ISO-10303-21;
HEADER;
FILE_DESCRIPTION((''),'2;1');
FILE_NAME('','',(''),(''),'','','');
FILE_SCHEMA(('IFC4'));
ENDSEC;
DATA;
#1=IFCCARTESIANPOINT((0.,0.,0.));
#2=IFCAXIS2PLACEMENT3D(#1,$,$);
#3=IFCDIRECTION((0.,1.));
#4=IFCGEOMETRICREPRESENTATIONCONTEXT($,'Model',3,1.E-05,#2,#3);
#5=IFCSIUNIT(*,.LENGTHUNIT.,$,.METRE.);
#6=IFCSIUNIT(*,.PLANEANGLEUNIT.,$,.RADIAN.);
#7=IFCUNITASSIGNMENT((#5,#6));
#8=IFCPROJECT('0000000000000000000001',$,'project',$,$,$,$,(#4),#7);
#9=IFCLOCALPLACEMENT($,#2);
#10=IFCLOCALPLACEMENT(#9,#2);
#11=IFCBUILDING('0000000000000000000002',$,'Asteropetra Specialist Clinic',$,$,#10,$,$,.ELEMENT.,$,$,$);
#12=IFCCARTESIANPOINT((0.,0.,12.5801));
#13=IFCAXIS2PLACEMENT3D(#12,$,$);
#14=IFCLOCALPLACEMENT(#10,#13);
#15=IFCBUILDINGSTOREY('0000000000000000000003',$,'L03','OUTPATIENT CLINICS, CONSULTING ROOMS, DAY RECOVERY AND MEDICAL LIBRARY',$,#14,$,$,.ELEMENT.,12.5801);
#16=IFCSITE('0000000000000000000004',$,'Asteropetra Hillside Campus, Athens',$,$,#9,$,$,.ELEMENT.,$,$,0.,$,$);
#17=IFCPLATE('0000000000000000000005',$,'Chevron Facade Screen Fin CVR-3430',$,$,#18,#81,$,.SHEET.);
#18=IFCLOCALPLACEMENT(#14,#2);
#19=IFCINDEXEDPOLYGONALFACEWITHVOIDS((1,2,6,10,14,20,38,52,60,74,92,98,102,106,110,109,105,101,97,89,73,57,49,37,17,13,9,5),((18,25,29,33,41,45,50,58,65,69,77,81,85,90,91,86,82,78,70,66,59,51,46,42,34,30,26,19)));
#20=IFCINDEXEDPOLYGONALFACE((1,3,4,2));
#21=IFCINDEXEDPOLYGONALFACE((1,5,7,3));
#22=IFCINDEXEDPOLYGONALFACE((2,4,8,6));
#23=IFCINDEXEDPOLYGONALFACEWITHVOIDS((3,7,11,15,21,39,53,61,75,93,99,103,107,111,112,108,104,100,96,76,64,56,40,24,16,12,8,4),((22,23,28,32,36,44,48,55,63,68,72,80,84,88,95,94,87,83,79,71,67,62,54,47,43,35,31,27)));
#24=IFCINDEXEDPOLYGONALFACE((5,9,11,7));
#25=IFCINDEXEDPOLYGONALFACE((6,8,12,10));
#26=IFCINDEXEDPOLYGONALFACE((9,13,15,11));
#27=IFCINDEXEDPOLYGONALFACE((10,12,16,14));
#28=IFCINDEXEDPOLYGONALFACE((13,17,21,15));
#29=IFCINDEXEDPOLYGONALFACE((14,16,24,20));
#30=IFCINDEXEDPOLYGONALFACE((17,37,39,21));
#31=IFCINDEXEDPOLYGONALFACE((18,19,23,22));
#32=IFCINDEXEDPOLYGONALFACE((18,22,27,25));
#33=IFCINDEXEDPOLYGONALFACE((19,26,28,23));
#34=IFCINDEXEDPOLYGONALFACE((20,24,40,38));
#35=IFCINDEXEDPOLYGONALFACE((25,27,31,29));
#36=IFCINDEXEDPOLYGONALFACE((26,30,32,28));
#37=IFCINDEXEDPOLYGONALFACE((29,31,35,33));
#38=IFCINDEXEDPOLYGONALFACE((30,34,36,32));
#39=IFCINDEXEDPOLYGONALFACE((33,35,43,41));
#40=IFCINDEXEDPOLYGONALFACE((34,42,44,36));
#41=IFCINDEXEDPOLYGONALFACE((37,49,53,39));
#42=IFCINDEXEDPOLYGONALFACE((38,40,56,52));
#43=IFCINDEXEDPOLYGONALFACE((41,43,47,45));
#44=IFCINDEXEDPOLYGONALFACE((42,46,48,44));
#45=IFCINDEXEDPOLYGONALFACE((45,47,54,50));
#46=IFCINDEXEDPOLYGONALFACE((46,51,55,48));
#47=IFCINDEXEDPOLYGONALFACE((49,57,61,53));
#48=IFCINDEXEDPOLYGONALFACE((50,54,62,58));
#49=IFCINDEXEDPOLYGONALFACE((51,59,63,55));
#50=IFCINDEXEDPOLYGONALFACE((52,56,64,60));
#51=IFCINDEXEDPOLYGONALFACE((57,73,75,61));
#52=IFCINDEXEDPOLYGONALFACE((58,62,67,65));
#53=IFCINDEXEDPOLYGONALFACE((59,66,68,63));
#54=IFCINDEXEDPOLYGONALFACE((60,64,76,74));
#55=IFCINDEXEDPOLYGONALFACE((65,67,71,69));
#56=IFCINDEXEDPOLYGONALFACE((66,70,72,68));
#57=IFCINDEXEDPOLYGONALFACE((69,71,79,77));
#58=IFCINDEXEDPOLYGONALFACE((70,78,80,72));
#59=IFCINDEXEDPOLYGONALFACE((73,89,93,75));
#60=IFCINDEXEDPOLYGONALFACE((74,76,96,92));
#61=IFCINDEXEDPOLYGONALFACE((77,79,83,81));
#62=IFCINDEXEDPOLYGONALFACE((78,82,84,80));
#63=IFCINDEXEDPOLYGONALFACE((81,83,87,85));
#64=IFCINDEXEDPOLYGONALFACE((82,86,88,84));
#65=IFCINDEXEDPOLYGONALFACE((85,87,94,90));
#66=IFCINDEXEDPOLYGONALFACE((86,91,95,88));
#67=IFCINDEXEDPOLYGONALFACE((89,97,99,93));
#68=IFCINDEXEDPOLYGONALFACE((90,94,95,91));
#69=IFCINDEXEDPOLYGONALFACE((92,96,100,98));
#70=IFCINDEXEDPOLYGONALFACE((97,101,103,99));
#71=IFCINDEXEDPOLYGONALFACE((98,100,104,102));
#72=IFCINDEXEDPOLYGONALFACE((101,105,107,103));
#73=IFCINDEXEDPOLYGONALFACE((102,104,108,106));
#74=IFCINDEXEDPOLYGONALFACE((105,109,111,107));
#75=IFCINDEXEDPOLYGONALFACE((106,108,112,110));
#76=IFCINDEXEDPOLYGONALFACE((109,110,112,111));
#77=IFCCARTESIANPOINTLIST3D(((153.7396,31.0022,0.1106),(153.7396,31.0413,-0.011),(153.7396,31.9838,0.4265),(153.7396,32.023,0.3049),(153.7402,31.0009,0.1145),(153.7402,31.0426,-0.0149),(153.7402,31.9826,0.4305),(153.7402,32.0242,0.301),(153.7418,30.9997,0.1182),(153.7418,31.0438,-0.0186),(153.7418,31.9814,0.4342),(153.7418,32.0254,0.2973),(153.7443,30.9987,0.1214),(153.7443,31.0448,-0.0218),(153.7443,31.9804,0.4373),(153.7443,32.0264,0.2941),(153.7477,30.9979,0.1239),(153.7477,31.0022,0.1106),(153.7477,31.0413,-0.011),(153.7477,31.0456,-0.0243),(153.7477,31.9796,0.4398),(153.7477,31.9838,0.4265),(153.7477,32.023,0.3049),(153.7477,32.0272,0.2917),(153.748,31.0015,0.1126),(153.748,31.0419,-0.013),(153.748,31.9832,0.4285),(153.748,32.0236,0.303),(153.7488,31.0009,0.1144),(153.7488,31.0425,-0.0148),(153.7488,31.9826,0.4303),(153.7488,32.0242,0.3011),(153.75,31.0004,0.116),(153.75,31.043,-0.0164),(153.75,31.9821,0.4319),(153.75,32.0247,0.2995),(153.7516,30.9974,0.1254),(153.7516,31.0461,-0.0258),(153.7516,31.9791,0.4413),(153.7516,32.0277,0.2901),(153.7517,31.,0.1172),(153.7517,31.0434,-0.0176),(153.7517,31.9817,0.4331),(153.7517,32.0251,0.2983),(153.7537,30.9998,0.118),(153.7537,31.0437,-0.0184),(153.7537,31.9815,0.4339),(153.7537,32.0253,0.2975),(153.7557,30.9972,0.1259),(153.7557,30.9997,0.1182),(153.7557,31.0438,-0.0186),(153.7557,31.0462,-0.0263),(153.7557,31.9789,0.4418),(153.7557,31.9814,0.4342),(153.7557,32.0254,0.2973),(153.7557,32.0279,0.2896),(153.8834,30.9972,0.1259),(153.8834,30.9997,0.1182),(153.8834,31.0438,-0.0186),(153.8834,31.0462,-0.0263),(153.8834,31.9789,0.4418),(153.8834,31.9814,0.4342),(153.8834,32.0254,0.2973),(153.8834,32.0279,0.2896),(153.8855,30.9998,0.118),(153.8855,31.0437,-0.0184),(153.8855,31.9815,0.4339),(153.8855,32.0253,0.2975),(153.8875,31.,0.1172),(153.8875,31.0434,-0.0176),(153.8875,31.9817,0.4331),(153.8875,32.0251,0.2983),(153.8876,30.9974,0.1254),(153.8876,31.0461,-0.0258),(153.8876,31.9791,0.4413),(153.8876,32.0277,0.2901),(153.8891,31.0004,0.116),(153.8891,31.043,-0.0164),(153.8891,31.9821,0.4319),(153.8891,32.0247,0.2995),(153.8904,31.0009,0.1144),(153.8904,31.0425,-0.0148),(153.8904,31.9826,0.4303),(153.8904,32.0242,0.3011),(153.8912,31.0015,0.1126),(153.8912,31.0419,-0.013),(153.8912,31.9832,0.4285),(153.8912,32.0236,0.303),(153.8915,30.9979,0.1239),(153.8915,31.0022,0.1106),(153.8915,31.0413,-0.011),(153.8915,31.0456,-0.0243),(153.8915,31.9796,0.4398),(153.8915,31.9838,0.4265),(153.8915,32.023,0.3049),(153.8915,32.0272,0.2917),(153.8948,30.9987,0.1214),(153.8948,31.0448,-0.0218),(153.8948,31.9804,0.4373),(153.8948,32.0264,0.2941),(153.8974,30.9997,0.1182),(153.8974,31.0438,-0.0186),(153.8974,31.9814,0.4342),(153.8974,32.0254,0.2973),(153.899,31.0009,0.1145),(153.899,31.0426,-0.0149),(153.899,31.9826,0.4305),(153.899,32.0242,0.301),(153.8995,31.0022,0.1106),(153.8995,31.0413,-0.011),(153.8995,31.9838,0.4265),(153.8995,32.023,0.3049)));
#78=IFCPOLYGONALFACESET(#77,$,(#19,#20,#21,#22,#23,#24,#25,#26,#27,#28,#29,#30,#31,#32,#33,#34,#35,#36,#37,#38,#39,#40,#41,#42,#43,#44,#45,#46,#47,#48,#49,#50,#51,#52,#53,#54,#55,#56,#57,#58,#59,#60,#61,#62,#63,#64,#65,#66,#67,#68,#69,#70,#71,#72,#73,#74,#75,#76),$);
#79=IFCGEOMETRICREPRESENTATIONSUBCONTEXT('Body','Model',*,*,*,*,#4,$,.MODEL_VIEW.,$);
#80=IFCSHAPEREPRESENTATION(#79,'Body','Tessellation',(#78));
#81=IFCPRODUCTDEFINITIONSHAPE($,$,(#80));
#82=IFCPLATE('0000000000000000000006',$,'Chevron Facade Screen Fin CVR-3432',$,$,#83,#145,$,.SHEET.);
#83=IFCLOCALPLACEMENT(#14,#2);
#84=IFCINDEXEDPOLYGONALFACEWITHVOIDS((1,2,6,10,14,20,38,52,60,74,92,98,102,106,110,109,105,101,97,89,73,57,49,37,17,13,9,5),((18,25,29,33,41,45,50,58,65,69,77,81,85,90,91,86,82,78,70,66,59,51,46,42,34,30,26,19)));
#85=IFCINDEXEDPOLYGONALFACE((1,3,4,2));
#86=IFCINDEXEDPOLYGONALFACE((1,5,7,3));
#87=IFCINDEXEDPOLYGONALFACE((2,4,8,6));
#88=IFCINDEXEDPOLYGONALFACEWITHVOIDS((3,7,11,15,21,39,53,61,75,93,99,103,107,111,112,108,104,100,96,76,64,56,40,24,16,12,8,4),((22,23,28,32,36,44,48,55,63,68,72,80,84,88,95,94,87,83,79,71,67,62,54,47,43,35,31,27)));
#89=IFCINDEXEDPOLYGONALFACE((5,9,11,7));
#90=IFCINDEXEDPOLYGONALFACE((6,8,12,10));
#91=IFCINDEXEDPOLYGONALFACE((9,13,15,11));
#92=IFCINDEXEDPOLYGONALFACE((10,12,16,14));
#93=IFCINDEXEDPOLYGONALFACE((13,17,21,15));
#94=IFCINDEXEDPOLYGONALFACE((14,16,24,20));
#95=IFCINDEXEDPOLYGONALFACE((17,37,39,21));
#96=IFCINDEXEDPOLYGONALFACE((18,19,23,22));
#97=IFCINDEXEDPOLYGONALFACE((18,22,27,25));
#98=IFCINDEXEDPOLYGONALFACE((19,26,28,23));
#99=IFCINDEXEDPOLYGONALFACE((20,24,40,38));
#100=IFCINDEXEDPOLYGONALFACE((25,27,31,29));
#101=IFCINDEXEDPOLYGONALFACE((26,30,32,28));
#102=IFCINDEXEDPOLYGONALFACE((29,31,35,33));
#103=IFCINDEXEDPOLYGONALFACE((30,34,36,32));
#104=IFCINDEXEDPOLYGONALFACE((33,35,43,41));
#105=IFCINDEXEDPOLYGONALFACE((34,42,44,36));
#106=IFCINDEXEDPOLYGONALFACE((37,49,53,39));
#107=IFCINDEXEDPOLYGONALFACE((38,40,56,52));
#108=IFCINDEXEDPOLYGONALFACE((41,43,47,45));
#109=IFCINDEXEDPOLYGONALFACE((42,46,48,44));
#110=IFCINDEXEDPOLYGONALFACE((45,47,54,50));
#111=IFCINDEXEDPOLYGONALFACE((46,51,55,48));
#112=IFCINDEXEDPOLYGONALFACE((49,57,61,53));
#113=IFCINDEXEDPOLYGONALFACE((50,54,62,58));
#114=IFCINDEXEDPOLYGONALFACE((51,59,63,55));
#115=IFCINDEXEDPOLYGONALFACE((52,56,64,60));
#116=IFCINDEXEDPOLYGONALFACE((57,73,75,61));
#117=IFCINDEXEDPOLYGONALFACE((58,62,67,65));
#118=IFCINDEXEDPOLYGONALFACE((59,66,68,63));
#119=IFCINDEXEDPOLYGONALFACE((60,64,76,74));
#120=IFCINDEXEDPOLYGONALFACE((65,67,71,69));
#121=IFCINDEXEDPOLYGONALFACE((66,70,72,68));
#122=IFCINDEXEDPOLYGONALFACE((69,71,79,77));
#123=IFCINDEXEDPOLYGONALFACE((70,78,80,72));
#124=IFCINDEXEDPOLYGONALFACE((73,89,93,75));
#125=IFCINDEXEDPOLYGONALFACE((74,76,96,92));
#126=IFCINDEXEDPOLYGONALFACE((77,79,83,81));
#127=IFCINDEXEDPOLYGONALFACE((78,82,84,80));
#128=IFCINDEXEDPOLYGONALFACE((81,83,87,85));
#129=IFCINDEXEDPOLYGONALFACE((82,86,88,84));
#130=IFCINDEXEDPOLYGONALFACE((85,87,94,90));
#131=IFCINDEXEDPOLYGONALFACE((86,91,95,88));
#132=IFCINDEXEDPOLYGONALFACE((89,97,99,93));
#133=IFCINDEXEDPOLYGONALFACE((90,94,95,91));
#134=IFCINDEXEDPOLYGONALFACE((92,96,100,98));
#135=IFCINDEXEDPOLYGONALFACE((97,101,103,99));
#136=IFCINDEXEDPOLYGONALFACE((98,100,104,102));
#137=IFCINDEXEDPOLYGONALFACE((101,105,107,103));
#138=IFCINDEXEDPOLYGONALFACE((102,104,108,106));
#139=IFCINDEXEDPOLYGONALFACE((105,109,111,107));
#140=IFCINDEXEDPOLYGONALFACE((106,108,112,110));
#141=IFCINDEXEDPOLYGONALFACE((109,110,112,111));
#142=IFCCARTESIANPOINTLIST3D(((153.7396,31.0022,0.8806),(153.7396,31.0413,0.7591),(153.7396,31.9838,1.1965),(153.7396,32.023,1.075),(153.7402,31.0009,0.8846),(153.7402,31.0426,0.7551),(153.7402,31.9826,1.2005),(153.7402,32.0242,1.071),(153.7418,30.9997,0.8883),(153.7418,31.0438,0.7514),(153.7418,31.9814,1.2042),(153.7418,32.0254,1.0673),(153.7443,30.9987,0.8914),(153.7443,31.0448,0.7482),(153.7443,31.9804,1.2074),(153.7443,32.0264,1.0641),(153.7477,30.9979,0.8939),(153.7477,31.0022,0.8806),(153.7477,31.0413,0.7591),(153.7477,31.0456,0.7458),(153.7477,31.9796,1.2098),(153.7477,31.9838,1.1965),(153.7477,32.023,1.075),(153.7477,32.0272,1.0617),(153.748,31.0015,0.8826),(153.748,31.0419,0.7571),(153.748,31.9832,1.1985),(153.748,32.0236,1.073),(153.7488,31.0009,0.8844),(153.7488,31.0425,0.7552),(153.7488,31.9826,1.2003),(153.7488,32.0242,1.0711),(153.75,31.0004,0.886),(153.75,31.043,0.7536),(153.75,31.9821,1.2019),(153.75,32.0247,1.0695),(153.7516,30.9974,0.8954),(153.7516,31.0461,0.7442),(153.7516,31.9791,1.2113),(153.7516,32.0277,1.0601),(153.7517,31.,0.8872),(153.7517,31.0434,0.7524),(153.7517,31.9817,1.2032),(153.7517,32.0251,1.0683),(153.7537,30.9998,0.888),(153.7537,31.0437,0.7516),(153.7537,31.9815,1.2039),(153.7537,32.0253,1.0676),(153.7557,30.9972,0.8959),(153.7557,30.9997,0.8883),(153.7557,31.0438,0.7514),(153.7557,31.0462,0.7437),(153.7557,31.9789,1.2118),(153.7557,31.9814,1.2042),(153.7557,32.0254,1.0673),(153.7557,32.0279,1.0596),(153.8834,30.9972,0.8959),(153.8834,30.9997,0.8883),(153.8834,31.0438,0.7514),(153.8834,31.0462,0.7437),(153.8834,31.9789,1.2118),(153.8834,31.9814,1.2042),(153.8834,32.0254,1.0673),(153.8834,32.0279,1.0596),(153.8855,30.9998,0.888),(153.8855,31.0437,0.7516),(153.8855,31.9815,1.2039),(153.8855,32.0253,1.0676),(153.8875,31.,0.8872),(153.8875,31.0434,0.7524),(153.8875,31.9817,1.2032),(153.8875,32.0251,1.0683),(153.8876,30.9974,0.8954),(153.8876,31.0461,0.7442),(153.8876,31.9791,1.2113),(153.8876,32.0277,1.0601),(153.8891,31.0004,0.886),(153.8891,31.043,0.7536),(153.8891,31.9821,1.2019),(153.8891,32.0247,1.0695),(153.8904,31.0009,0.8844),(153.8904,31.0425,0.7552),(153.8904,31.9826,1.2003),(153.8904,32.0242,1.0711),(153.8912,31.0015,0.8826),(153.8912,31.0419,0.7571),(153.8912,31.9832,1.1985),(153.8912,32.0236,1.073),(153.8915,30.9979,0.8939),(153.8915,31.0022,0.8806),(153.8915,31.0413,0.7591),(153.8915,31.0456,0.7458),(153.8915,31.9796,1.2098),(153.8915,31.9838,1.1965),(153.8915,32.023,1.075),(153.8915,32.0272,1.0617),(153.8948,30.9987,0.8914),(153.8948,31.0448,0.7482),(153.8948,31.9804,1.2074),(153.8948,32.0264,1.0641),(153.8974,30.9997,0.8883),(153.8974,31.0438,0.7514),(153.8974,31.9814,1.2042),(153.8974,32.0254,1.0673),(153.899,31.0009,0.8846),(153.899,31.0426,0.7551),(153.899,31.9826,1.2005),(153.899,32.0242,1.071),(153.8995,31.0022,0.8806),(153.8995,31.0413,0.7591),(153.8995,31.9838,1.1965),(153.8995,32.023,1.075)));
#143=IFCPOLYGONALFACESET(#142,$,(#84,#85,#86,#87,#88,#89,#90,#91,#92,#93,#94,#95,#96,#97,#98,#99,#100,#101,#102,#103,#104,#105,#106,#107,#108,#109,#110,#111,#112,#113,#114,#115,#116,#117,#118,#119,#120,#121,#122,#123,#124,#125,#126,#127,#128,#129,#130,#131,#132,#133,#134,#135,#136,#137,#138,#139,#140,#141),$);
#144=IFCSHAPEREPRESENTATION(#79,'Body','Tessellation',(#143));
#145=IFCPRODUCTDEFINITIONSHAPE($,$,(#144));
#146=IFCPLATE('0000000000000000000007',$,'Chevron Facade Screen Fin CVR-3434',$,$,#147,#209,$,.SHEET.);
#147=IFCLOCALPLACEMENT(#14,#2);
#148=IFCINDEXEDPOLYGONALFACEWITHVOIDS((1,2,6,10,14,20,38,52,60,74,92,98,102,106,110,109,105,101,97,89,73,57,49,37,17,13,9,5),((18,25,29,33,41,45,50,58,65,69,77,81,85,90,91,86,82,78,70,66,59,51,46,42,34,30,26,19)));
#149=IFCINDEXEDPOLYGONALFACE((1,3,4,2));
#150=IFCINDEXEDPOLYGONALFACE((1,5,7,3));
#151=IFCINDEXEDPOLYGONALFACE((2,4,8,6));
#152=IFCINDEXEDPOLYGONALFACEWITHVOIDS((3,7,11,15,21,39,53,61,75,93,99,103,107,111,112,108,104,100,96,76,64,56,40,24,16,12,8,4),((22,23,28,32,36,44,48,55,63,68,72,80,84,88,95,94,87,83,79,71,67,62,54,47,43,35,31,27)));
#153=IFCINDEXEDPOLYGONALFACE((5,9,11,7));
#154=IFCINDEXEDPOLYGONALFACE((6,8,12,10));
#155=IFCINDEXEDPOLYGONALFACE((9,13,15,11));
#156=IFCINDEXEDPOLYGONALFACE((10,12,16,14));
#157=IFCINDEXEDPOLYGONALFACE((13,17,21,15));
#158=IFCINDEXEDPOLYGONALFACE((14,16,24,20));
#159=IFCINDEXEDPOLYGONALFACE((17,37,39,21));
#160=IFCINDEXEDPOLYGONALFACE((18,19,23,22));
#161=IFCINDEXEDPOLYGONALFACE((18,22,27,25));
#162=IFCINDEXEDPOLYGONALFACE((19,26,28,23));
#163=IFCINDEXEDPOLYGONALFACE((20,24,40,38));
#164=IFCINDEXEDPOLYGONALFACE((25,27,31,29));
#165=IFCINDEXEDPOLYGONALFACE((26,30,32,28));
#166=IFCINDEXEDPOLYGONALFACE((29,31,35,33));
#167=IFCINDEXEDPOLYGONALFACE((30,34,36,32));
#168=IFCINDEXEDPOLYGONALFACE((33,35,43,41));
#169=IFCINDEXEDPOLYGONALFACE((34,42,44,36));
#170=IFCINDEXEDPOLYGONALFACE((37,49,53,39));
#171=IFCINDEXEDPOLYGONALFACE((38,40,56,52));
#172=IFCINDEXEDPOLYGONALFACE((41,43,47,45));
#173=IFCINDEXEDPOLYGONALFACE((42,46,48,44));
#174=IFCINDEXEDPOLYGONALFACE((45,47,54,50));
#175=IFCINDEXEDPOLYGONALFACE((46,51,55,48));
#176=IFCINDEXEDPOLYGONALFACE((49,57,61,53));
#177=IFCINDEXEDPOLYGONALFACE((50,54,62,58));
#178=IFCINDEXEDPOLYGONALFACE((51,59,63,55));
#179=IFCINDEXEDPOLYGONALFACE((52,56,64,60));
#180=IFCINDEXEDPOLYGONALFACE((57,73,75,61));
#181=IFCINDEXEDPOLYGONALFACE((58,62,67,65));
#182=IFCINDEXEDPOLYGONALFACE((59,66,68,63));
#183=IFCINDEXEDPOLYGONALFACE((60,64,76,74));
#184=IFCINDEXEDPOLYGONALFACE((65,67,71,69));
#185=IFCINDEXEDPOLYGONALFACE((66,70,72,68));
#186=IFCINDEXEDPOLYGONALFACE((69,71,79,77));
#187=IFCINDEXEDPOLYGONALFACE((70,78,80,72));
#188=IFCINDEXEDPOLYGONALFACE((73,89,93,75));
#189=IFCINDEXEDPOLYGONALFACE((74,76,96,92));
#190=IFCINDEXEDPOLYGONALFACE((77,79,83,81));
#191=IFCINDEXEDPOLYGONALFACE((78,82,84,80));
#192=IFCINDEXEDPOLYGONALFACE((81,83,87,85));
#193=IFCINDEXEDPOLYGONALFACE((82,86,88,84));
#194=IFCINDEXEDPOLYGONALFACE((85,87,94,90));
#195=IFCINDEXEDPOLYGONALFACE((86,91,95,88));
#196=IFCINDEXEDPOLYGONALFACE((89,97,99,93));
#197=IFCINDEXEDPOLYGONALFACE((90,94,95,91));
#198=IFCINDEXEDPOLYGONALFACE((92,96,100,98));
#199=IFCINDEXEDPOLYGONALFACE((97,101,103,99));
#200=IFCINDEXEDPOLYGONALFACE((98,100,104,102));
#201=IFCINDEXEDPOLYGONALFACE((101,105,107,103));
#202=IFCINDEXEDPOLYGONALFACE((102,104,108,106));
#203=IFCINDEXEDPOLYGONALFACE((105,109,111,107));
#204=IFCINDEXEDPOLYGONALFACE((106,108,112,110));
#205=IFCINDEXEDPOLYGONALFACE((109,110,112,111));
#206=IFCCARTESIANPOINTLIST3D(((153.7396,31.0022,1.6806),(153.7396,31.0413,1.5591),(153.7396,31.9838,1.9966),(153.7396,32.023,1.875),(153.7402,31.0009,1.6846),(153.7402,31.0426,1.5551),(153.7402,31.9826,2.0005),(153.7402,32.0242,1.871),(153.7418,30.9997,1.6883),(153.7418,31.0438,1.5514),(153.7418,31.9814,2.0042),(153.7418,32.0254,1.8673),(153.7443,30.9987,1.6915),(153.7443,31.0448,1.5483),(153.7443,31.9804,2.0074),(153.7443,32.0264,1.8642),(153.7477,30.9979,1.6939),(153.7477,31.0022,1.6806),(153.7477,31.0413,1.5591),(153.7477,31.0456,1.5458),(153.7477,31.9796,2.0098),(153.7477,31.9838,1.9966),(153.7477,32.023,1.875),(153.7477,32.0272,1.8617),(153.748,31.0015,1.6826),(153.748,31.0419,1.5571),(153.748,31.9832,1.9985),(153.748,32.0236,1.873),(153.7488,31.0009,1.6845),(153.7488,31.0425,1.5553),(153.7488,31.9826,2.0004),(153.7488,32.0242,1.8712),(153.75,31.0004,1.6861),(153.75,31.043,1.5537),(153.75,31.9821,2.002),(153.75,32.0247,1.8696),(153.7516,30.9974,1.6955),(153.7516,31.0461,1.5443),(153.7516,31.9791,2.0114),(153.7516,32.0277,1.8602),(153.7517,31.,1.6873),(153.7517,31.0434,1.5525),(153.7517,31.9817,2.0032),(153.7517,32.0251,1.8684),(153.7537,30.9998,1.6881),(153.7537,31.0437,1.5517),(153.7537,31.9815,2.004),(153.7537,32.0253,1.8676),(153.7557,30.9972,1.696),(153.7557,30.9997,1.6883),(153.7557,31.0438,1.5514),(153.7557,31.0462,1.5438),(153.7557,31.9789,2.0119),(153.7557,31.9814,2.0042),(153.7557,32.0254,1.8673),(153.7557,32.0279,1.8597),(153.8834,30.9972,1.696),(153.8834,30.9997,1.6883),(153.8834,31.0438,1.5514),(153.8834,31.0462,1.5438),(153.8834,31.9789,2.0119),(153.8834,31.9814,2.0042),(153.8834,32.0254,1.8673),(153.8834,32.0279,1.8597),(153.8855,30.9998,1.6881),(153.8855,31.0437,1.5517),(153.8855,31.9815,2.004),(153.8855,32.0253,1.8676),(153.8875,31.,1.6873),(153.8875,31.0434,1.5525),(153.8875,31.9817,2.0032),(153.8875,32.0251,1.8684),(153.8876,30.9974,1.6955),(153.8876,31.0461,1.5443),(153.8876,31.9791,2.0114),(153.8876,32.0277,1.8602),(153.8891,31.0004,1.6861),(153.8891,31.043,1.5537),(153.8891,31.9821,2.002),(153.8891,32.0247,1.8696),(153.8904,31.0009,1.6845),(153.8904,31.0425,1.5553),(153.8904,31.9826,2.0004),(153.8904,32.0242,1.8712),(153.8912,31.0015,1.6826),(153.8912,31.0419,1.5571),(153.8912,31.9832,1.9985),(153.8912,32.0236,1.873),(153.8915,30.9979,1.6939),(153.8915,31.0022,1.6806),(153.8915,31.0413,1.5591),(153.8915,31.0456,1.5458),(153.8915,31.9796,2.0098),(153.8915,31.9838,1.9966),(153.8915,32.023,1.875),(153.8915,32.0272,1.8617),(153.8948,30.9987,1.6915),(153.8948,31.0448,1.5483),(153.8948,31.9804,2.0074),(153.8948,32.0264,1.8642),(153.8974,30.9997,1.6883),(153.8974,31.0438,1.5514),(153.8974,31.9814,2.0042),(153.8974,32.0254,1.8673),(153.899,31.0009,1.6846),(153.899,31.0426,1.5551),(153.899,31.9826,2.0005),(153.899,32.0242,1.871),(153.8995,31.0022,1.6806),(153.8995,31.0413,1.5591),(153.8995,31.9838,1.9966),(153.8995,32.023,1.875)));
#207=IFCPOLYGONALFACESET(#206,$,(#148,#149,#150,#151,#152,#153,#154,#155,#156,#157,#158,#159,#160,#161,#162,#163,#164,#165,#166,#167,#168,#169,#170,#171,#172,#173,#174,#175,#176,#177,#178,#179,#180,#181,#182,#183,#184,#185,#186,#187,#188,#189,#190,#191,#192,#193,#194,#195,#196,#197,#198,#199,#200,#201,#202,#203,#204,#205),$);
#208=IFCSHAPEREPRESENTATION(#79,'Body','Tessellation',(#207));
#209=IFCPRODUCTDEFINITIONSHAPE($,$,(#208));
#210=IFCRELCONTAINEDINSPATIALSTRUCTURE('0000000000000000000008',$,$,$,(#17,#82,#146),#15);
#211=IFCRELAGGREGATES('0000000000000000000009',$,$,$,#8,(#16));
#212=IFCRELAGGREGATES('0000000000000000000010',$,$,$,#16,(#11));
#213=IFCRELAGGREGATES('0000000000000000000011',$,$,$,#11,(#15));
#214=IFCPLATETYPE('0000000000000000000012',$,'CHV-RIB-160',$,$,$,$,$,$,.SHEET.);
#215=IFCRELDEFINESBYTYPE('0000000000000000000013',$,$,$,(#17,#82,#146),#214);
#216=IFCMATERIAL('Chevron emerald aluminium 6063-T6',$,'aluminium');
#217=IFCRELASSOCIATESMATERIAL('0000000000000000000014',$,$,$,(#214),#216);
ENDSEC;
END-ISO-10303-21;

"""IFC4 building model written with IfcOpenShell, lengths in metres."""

from ifc_helpers import new_model, si_unit, direction, frame, origin, origin_2d, place, context, subcontext, project, spatial, hollow_rectangle, extrude, material, material_profile, profile_set, type_object, element, save


model = new_model("IFC4")

# Units and contexts
model_context = context("Model", 3, precision=1e-05, world=origin(), true_north=direction((0.0, 1.0)))
body_context = subcontext(model_context, "Body", "Model", "MODEL_VIEW")
ifc_project = project(units=[si_unit("LENGTHUNIT", "METRE"), si_unit("PLANEANGLEUNIT", "RADIAN")], contexts=[model_context])

# Site, building, storey
site_placement = place(None, origin())
site = spatial("IfcSite", under=ifc_project, at=site_placement, Name="Asteropetra Hillside Campus, Athens", CompositionType="ELEMENT", RefElevation=0.0)
building_placement = place(site_placement, origin())
building = spatial("IfcBuilding", under=site, at=building_placement, Name="Asteropetra Specialist Clinic", CompositionType="ELEMENT")
storey_placement = place(building_placement, frame((0.0, 0.0, 12.5801)))
storey = spatial("IfcBuildingStorey", under=building, at=storey_placement, Name="L03", Description="OUTPATIENT CLINICS, CONSULTING ROOMS, DAY RECOVERY AND MEDICAL LIBRARY", CompositionType="ELEMENT", Elevation=12.5801)

# Plates
ifc_material_1 = material(Name="Chevron emerald aluminium 6063-T6", Category="aluminium")
ifc_material_profile = material_profile(ifc_material_1, hollow_rectangle(XDim=0.1599, YDim=0.1599, WallThickness=0.0081, InnerFilletRadius=0.0081, OuterFilletRadius=0.0161, at=origin_2d()), Name="SHS 160x160x8.0")
ifc_profile_set = profile_set([ifc_material_profile], Name="Chevron emerald aluminium 6063-T6")
plate_type_1 = type_object("IfcPlateType", Name="CHV-RIB-160", PredefinedType="SHEET", material=ifc_profile_set)
for number, where, z_axis, x_axis, name in (
    (1, (153.8196, 31.0217, 0.0498), (0.0, 0.951923, 0.306339), (-1.0, 0.0, 0.0), "Chevron Facade Screen Fin CVR-3430"),
    (2, (153.8196, 31.0217, 0.8198), (0.0, 0.951923, 0.306339), (-1.0, 0.0, 0.0), "Chevron Facade Screen Fin CVR-3432"),
    (3, (153.8196, 31.0217, 1.6199), (0.0, 0.951923, 0.306339), (-1.0, 0.0, 0.0), "Chevron Facade Screen Fin CVR-3434"),
):
    element("IfcPlate", number, at=place(storey_placement, frame(where, z_axis=z_axis, x_axis=x_axis)), inside=storey, type_object=plate_type_1, Name=name, PredefinedType="SHEET", context=body_context, shape_type="SweptSolid", body=[
        extrude(hollow_rectangle(XDim=0.1599, YDim=0.1599, WallThickness=0.0081, InnerFilletRadius=0.0081, OuterFilletRadius=0.0161, at=origin_2d()), origin(), (0.0, 0.0, 1.0), 1.0312),
    ])

save(model, "model.ifc")
